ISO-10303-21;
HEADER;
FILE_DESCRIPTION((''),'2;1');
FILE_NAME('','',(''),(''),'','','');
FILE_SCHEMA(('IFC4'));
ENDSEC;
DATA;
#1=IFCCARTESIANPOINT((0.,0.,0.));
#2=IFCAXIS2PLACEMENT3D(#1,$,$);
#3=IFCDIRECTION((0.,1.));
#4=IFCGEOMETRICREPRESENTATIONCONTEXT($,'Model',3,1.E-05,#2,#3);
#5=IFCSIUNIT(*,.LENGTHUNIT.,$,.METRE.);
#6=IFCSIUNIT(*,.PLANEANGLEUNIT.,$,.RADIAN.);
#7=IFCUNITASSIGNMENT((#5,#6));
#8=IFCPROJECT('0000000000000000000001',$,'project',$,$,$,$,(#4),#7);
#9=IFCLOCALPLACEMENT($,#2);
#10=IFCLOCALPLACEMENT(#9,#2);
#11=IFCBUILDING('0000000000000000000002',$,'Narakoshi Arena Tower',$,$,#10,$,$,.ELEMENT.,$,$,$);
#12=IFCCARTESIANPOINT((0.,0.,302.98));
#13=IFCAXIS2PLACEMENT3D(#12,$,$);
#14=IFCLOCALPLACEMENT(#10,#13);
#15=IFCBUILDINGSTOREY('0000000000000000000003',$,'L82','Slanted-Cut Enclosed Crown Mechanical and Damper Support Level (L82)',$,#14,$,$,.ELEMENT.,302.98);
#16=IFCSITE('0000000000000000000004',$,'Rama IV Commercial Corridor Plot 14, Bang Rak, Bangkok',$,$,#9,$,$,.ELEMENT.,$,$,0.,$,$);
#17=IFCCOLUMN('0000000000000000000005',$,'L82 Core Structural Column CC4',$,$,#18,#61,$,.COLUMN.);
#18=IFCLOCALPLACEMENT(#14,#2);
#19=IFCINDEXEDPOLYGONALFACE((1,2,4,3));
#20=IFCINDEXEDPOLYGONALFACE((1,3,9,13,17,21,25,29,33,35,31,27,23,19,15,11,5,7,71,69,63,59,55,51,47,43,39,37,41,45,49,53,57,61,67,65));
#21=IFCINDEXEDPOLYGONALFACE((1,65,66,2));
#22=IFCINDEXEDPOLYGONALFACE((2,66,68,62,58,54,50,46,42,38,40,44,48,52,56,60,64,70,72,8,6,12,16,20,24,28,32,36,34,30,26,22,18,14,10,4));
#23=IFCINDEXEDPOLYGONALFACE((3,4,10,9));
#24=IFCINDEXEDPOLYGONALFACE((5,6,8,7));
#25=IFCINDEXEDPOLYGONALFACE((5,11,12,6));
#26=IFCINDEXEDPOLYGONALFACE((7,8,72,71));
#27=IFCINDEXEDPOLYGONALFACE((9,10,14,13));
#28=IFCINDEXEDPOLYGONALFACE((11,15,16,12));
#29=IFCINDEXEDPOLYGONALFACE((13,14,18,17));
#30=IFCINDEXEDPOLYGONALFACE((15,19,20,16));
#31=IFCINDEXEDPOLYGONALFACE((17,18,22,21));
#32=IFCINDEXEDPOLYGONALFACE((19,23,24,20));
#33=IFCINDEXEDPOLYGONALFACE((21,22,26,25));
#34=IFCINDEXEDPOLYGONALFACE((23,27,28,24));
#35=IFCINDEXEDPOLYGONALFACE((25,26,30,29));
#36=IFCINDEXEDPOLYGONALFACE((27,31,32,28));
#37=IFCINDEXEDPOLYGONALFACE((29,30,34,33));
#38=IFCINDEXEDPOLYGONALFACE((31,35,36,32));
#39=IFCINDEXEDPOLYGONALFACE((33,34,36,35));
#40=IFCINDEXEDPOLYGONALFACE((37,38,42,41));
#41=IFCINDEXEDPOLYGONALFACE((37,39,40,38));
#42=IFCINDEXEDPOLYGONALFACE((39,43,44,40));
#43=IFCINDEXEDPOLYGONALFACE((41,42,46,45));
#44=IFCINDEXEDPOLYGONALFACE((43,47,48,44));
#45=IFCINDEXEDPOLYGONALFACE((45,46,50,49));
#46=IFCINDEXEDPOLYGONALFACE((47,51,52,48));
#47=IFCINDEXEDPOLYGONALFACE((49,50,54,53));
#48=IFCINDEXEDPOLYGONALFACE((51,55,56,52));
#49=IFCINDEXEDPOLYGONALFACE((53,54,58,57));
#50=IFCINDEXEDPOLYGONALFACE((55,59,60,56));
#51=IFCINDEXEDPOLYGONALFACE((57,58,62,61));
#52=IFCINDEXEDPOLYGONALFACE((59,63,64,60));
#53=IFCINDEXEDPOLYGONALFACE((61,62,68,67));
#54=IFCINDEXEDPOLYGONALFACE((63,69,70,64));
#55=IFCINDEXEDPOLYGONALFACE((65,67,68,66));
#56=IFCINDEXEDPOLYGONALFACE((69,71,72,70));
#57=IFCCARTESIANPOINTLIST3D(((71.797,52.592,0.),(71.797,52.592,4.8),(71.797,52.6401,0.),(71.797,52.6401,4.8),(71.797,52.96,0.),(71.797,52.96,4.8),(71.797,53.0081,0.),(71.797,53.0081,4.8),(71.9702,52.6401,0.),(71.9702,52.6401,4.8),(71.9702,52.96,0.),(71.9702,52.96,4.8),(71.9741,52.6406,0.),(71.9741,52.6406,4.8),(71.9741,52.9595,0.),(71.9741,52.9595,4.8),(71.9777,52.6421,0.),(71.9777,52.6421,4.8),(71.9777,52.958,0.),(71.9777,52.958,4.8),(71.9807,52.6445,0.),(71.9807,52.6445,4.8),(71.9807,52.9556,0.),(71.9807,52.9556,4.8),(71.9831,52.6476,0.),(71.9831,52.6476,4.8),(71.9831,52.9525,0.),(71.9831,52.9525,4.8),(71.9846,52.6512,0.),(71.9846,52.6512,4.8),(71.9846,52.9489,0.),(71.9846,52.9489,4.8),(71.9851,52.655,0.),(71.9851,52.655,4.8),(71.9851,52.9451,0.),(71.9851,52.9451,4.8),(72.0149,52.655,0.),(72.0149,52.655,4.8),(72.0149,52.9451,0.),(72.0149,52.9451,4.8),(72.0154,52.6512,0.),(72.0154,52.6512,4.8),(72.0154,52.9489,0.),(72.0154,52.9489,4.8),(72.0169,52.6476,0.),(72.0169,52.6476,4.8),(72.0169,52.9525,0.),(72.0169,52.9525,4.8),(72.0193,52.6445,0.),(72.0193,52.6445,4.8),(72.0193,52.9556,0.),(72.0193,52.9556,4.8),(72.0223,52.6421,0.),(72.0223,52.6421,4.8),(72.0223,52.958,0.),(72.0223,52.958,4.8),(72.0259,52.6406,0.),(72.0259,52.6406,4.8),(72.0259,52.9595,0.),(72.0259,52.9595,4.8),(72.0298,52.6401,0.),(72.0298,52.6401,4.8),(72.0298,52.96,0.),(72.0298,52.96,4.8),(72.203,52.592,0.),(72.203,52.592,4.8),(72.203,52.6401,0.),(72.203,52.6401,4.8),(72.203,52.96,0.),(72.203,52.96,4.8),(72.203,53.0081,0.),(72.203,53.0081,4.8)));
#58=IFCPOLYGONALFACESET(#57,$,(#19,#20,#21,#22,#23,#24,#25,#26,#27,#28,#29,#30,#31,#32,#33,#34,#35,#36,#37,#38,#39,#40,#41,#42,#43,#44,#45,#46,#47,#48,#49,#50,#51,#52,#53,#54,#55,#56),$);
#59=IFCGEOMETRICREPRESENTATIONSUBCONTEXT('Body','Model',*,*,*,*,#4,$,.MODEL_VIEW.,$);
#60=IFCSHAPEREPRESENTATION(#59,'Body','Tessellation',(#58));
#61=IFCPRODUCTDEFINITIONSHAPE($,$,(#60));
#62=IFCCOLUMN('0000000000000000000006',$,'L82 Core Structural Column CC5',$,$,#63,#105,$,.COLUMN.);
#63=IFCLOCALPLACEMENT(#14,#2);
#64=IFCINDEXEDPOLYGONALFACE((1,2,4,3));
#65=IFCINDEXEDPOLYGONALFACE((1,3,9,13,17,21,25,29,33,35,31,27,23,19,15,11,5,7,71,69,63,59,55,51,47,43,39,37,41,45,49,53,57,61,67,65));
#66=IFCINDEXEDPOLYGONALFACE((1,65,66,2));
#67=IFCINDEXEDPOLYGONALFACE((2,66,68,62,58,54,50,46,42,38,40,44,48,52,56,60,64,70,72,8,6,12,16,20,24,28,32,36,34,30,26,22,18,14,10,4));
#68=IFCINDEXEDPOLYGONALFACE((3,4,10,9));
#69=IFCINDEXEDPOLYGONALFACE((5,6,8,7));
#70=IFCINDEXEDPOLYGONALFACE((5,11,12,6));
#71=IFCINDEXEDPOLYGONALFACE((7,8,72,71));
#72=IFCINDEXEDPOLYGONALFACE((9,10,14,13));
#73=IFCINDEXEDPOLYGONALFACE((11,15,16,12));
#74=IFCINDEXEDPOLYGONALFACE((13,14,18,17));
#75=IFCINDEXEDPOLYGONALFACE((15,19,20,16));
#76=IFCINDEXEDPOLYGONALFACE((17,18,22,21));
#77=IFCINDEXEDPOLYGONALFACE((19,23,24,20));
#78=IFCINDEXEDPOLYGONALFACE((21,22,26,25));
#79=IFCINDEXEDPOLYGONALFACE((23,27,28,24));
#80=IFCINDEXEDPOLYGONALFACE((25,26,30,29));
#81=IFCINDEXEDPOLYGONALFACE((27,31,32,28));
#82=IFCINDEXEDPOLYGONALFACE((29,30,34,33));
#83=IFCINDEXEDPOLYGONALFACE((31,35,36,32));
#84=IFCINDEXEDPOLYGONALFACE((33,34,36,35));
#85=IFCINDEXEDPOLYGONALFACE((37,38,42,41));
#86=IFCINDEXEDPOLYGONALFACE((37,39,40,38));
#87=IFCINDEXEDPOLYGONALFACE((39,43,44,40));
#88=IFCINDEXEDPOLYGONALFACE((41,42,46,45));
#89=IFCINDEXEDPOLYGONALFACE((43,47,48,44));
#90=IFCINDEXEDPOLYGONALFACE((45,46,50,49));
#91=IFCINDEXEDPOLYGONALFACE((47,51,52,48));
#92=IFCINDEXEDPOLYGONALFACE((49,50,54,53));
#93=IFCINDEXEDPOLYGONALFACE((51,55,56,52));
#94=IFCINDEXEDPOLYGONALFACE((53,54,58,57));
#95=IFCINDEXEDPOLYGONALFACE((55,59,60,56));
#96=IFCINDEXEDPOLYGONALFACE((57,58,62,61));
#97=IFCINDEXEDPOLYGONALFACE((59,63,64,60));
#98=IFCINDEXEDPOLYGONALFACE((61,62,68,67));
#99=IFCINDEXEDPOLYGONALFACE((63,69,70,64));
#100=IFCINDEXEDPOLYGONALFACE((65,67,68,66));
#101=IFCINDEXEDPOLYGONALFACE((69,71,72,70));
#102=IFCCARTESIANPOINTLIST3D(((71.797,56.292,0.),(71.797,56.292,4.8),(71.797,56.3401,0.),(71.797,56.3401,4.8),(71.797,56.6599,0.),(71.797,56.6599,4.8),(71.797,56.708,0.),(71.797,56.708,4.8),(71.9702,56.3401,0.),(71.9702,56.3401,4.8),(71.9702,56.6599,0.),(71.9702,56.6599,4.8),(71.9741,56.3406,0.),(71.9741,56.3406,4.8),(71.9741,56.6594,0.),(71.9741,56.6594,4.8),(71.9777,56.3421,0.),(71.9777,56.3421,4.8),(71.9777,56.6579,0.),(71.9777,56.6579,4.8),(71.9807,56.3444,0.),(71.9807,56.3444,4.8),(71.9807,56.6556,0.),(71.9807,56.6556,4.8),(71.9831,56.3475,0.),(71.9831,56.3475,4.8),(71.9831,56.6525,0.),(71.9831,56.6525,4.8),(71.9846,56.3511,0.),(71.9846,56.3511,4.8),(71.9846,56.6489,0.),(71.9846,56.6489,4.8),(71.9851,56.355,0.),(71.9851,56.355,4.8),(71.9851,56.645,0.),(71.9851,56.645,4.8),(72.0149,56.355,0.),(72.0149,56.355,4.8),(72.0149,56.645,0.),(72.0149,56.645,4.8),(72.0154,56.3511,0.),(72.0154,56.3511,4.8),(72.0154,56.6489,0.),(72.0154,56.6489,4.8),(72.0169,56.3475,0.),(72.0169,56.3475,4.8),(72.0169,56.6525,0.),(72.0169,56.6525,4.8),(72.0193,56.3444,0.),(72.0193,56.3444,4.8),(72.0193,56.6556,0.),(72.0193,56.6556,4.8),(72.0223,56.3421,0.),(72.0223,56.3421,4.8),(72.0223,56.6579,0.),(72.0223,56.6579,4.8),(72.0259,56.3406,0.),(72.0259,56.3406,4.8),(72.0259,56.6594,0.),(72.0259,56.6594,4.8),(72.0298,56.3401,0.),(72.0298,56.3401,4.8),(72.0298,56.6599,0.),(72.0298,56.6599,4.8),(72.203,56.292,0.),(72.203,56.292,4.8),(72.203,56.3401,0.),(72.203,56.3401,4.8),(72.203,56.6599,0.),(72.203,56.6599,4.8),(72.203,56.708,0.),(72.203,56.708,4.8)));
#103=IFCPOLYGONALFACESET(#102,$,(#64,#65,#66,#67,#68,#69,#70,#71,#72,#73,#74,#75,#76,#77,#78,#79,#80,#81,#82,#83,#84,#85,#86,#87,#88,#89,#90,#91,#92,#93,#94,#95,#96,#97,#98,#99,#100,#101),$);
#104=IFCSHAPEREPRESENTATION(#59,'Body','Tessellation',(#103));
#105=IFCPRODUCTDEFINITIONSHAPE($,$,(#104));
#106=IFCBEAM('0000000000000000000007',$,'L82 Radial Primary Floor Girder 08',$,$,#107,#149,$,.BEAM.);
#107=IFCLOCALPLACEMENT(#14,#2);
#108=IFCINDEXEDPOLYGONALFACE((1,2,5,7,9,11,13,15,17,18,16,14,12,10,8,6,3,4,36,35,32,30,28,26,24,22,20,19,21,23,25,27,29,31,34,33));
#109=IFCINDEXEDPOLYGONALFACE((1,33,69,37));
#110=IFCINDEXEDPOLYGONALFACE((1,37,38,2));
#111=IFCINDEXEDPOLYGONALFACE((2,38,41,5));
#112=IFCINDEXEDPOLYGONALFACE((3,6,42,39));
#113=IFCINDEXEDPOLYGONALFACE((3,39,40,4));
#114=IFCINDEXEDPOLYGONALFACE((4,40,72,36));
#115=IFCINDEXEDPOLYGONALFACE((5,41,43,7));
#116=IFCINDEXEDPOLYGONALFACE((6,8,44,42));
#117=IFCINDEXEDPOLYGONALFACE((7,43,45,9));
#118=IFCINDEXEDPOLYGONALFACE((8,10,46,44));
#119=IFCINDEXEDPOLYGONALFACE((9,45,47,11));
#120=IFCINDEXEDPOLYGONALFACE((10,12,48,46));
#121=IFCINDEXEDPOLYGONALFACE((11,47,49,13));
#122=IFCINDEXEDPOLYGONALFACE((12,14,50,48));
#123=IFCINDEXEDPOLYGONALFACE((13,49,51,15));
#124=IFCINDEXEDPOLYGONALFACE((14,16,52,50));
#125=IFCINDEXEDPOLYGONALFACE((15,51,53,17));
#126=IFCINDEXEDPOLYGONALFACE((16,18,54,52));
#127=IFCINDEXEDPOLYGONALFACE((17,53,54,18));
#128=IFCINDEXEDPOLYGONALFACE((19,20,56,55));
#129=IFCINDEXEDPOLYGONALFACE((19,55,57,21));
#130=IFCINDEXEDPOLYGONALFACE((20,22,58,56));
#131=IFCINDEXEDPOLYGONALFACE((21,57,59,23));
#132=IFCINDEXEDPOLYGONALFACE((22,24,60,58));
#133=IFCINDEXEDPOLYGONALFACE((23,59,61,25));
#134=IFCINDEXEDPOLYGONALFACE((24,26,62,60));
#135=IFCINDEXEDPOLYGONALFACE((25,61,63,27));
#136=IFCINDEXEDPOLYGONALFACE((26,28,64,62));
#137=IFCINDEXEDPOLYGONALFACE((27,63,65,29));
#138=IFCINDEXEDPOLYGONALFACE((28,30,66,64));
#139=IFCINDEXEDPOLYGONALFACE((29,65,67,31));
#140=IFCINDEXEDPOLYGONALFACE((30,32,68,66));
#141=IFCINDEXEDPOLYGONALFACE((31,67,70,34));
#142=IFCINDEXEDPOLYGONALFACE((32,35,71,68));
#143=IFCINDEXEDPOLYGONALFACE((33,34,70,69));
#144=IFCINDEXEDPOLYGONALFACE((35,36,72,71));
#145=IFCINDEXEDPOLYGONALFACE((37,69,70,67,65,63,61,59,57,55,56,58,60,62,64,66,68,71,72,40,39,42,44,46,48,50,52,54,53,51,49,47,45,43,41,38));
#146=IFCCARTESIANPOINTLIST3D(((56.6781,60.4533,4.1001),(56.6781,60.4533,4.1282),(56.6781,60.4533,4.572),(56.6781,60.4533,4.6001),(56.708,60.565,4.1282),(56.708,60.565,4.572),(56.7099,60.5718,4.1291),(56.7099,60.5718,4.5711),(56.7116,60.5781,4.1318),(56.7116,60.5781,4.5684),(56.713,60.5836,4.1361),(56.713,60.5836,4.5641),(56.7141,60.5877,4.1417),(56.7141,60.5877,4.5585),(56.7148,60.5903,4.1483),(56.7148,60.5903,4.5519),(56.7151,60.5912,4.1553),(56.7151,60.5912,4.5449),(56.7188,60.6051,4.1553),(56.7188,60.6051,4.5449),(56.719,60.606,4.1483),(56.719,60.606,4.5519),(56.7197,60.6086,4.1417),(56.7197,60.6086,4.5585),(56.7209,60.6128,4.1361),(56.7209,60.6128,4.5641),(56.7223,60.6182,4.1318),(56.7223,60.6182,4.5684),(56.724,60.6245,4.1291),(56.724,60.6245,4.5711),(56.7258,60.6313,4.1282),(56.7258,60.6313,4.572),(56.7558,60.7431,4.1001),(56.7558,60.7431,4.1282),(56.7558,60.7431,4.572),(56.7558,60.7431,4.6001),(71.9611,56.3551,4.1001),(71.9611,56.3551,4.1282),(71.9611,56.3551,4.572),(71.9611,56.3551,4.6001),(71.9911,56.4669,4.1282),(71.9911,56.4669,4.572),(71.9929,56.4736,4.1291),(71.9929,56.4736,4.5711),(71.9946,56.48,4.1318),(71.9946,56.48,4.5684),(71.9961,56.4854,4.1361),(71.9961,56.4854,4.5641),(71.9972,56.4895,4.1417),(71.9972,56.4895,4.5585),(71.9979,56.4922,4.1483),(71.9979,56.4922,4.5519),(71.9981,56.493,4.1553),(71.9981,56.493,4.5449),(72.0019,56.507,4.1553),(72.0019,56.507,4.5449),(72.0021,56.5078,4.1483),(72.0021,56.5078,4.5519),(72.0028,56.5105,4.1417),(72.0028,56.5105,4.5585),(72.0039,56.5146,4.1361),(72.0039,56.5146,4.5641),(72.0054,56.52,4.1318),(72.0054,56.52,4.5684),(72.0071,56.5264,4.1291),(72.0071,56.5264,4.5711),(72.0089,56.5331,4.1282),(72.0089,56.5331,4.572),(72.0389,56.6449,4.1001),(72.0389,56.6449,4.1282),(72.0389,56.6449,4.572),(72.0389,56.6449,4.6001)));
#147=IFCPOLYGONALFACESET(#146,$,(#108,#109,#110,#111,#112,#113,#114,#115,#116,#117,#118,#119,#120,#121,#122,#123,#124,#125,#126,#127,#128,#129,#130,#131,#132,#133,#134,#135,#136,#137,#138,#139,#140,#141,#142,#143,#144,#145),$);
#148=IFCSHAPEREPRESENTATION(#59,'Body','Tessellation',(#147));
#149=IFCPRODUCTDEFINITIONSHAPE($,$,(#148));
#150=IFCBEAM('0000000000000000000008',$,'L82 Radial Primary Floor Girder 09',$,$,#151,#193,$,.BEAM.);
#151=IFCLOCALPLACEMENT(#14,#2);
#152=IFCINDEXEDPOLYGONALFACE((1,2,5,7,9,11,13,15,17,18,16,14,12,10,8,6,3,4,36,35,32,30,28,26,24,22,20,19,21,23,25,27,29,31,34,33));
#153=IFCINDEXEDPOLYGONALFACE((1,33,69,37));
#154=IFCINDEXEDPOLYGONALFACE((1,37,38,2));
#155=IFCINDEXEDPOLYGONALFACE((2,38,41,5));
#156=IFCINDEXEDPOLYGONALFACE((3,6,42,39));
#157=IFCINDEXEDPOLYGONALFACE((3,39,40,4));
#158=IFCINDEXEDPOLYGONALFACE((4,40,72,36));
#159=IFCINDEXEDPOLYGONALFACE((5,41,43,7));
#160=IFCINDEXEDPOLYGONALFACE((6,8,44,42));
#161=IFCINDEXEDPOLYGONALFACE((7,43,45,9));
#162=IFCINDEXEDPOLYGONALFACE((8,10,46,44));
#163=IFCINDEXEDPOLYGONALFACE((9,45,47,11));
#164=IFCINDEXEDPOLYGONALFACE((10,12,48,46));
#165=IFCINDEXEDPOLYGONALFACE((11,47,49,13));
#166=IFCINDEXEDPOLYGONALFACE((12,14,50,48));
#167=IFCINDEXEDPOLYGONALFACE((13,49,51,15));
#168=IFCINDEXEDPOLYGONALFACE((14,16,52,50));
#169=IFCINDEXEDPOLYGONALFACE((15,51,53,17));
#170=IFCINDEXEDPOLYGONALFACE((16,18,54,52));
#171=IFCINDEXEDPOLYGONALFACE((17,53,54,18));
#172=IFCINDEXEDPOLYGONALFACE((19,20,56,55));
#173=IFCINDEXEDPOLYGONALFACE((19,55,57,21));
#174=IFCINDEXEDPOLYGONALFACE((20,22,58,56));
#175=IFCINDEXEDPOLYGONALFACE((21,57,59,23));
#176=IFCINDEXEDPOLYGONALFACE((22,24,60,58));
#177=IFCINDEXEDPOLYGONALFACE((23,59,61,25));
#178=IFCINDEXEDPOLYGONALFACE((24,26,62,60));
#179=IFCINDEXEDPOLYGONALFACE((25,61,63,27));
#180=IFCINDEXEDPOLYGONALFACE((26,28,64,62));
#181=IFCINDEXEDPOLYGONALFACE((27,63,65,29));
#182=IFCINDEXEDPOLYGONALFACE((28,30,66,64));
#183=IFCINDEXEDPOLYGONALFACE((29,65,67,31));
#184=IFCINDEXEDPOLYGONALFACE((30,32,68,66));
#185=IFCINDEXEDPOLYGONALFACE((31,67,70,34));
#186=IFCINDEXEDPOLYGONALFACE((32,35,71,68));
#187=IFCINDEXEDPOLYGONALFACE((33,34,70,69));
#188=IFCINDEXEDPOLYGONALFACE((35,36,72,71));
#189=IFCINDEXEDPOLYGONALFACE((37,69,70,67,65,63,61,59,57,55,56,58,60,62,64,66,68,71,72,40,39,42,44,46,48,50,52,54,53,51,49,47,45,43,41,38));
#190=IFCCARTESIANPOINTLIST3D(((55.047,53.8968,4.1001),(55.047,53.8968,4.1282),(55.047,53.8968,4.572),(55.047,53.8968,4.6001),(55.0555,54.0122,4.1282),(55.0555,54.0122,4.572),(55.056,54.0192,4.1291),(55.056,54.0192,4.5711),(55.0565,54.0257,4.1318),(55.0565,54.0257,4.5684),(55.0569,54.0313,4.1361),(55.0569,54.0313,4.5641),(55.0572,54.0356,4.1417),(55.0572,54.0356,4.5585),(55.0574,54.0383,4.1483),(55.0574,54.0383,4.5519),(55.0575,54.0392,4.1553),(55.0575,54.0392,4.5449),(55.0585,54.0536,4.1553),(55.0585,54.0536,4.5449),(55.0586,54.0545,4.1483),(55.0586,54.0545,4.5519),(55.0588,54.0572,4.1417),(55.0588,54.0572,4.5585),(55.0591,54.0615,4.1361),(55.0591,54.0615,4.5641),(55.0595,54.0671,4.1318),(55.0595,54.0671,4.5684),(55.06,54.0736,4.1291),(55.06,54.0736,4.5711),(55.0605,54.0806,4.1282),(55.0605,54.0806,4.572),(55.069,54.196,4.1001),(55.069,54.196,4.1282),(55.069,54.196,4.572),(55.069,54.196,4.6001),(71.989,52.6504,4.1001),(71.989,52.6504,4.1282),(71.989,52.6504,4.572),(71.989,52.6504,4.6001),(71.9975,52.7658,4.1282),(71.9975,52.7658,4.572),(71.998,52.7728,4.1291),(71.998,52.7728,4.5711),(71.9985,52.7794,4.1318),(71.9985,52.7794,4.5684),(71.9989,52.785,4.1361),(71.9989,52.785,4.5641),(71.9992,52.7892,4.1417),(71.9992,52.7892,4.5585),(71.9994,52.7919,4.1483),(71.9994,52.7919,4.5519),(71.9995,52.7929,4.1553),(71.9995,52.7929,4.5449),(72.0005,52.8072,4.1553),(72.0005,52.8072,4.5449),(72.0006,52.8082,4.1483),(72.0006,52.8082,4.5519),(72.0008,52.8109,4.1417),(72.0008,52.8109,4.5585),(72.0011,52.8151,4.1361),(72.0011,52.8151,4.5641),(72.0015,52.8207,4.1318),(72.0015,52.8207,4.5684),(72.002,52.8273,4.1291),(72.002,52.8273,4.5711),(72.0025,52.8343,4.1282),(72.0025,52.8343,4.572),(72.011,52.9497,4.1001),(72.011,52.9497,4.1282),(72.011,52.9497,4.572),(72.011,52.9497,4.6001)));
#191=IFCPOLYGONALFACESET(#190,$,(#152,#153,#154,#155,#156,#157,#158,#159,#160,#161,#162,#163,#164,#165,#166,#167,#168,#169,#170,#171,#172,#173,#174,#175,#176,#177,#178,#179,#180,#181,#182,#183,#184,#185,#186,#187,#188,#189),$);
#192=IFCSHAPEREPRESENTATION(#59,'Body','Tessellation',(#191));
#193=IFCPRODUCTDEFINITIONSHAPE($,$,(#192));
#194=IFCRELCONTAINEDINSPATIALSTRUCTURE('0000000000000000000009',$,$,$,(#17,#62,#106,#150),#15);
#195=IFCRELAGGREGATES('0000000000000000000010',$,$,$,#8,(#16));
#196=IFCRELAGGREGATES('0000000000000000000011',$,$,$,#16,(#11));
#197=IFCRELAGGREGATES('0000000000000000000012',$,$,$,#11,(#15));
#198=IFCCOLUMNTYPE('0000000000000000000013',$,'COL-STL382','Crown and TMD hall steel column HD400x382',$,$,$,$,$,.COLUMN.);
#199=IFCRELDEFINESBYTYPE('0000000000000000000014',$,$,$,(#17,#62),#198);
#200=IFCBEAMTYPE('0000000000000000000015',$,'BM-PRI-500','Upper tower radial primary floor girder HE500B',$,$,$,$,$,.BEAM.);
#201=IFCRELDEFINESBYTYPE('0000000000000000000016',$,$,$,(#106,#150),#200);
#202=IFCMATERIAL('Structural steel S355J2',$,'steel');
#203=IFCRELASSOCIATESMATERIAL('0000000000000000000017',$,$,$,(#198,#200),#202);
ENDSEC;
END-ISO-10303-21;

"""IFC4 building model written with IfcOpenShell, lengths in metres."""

from ifc_helpers import new_model, si_unit, direction, frame, origin, origin_2d, place, context, subcontext, project, spatial, i_section, extrude, material, material_profile, profile_set, type_object, element, save


model = new_model("IFC4")

# Units and contexts
model_context = context("Model", 3, precision=1e-05, world=origin(), true_north=direction((0.0, 1.0)))
body_context = subcontext(model_context, "Body", "Model", "MODEL_VIEW")
ifc_project = project(units=[si_unit("LENGTHUNIT", "METRE"), si_unit("PLANEANGLEUNIT", "RADIAN")], contexts=[model_context])

# Site, building, storey
site_placement = place(None, origin())
site = spatial("IfcSite", under=ifc_project, at=site_placement, Name="Rama IV Commercial Corridor Plot 14, Bang Rak, Bangkok", CompositionType="ELEMENT", RefElevation=0.0)
building_placement = place(site_placement, origin())
building = spatial("IfcBuilding", under=site, at=building_placement, Name="Narakoshi Arena Tower", CompositionType="ELEMENT")
storey_placement = place(building_placement, frame((0.0, 0.0, 302.98)))
storey = spatial("IfcBuildingStorey", under=building, at=storey_placement, Name="L82", Description="Slanted-Cut Enclosed Crown Mechanical and Damper Support Level (L82)", CompositionType="ELEMENT", Elevation=302.98)

# Columns
ifc_material_1 = material(Name="Structural steel S355J2", Category="steel")
ifc_material_profile_1 = material_profile(ifc_material_1, i_section(OverallWidth=0.406, OverallDepth=0.416, WebThickness=0.0298, FlangeThickness=0.0481, FilletRadius=0.0149, at=origin_2d()), Name="HD400x382")
ifc_profile_set_1 = profile_set([ifc_material_profile_1], Name="Structural steel S355J2")
column_type = type_object("IfcColumnType", Name="COL-STL382", Description="Crown and TMD hall steel column HD400x382", PredefinedType="COLUMN", material=ifc_profile_set_1)
for number, where, z_axis, x_axis, name in (
    (1, (72.0, 52.8, 0.0), (0.0, 0.0, 1.0), (1.0, 0.0, 0.0), "L82 Core Structural Column CC4"),
    (2, (72.0, 56.5, 0.0), (0.0, 0.0, 1.0), (1.0, 0.0, 0.0), "L82 Core Structural Column CC5"),
):
    element("IfcColumn", number, at=place(storey_placement, frame(where, z_axis=z_axis, x_axis=x_axis)), inside=storey, type_object=column_type, Name=name, PredefinedType="COLUMN", context=body_context, shape_type="SweptSolid", body=[
        extrude(i_section(OverallWidth=0.406, OverallDepth=0.416, WebThickness=0.0298, FlangeThickness=0.0481, FilletRadius=0.0149, at=origin_2d()), origin(), (0.0, 0.0, 1.0), 4.8),
    ])

# Beams
ifc_material_profile_2 = material_profile(ifc_material_1, i_section(OverallWidth=0.3, OverallDepth=0.5, WebThickness=0.0144, FlangeThickness=0.0281, FilletRadius=0.0271, at=origin_2d()), Name="HE500B")
ifc_profile_set_2 = profile_set([ifc_material_profile_2], Name="Structural steel S355J2")
beam_type = type_object("IfcBeamType", Name="BM-PRI-500", Description="Upper tower radial primary floor girder HE500B", PredefinedType="BEAM", material=ifc_profile_set_2)
beam_1_placement = place(storey_placement, frame((72.0, 56.5, 4.3501), z_axis=(-0.965877, 0.259001, 0.0), x_axis=(-0.259001, -0.965877, 0.0)))
element("IfcBeam", 3, at=beam_1_placement, inside=storey, type_object=beam_type, Name="L82 Radial Primary Floor Girder 08", PredefinedType="BEAM", context=body_context, shape_type="SweptSolid", body=[
    extrude(i_section(OverallWidth=0.3, OverallDepth=0.5, WebThickness=0.0144, FlangeThickness=0.0281, FilletRadius=0.0271, at=origin_2d()), origin(), (0.0, 0.0, 1.0), 15.823),
])
beam_2_placement = place(storey_placement, frame((72.0, 52.8, 4.3501), z_axis=(-0.997305, 0.073367, 0.0), x_axis=(-0.073367, -0.997305, 0.0)))
element("IfcBeam", 4, at=beam_2_placement, inside=storey, type_object=beam_type, Name="L82 Radial Primary Floor Girder 09", PredefinedType="BEAM", context=body_context, shape_type="SweptSolid", body=[
    extrude(i_section(OverallWidth=0.3, OverallDepth=0.5, WebThickness=0.0144, FlangeThickness=0.0281, FilletRadius=0.0271, at=origin_2d()), origin(), (0.0, 0.0, 1.0), 16.9878),
])

save(model, "model.ifc")
